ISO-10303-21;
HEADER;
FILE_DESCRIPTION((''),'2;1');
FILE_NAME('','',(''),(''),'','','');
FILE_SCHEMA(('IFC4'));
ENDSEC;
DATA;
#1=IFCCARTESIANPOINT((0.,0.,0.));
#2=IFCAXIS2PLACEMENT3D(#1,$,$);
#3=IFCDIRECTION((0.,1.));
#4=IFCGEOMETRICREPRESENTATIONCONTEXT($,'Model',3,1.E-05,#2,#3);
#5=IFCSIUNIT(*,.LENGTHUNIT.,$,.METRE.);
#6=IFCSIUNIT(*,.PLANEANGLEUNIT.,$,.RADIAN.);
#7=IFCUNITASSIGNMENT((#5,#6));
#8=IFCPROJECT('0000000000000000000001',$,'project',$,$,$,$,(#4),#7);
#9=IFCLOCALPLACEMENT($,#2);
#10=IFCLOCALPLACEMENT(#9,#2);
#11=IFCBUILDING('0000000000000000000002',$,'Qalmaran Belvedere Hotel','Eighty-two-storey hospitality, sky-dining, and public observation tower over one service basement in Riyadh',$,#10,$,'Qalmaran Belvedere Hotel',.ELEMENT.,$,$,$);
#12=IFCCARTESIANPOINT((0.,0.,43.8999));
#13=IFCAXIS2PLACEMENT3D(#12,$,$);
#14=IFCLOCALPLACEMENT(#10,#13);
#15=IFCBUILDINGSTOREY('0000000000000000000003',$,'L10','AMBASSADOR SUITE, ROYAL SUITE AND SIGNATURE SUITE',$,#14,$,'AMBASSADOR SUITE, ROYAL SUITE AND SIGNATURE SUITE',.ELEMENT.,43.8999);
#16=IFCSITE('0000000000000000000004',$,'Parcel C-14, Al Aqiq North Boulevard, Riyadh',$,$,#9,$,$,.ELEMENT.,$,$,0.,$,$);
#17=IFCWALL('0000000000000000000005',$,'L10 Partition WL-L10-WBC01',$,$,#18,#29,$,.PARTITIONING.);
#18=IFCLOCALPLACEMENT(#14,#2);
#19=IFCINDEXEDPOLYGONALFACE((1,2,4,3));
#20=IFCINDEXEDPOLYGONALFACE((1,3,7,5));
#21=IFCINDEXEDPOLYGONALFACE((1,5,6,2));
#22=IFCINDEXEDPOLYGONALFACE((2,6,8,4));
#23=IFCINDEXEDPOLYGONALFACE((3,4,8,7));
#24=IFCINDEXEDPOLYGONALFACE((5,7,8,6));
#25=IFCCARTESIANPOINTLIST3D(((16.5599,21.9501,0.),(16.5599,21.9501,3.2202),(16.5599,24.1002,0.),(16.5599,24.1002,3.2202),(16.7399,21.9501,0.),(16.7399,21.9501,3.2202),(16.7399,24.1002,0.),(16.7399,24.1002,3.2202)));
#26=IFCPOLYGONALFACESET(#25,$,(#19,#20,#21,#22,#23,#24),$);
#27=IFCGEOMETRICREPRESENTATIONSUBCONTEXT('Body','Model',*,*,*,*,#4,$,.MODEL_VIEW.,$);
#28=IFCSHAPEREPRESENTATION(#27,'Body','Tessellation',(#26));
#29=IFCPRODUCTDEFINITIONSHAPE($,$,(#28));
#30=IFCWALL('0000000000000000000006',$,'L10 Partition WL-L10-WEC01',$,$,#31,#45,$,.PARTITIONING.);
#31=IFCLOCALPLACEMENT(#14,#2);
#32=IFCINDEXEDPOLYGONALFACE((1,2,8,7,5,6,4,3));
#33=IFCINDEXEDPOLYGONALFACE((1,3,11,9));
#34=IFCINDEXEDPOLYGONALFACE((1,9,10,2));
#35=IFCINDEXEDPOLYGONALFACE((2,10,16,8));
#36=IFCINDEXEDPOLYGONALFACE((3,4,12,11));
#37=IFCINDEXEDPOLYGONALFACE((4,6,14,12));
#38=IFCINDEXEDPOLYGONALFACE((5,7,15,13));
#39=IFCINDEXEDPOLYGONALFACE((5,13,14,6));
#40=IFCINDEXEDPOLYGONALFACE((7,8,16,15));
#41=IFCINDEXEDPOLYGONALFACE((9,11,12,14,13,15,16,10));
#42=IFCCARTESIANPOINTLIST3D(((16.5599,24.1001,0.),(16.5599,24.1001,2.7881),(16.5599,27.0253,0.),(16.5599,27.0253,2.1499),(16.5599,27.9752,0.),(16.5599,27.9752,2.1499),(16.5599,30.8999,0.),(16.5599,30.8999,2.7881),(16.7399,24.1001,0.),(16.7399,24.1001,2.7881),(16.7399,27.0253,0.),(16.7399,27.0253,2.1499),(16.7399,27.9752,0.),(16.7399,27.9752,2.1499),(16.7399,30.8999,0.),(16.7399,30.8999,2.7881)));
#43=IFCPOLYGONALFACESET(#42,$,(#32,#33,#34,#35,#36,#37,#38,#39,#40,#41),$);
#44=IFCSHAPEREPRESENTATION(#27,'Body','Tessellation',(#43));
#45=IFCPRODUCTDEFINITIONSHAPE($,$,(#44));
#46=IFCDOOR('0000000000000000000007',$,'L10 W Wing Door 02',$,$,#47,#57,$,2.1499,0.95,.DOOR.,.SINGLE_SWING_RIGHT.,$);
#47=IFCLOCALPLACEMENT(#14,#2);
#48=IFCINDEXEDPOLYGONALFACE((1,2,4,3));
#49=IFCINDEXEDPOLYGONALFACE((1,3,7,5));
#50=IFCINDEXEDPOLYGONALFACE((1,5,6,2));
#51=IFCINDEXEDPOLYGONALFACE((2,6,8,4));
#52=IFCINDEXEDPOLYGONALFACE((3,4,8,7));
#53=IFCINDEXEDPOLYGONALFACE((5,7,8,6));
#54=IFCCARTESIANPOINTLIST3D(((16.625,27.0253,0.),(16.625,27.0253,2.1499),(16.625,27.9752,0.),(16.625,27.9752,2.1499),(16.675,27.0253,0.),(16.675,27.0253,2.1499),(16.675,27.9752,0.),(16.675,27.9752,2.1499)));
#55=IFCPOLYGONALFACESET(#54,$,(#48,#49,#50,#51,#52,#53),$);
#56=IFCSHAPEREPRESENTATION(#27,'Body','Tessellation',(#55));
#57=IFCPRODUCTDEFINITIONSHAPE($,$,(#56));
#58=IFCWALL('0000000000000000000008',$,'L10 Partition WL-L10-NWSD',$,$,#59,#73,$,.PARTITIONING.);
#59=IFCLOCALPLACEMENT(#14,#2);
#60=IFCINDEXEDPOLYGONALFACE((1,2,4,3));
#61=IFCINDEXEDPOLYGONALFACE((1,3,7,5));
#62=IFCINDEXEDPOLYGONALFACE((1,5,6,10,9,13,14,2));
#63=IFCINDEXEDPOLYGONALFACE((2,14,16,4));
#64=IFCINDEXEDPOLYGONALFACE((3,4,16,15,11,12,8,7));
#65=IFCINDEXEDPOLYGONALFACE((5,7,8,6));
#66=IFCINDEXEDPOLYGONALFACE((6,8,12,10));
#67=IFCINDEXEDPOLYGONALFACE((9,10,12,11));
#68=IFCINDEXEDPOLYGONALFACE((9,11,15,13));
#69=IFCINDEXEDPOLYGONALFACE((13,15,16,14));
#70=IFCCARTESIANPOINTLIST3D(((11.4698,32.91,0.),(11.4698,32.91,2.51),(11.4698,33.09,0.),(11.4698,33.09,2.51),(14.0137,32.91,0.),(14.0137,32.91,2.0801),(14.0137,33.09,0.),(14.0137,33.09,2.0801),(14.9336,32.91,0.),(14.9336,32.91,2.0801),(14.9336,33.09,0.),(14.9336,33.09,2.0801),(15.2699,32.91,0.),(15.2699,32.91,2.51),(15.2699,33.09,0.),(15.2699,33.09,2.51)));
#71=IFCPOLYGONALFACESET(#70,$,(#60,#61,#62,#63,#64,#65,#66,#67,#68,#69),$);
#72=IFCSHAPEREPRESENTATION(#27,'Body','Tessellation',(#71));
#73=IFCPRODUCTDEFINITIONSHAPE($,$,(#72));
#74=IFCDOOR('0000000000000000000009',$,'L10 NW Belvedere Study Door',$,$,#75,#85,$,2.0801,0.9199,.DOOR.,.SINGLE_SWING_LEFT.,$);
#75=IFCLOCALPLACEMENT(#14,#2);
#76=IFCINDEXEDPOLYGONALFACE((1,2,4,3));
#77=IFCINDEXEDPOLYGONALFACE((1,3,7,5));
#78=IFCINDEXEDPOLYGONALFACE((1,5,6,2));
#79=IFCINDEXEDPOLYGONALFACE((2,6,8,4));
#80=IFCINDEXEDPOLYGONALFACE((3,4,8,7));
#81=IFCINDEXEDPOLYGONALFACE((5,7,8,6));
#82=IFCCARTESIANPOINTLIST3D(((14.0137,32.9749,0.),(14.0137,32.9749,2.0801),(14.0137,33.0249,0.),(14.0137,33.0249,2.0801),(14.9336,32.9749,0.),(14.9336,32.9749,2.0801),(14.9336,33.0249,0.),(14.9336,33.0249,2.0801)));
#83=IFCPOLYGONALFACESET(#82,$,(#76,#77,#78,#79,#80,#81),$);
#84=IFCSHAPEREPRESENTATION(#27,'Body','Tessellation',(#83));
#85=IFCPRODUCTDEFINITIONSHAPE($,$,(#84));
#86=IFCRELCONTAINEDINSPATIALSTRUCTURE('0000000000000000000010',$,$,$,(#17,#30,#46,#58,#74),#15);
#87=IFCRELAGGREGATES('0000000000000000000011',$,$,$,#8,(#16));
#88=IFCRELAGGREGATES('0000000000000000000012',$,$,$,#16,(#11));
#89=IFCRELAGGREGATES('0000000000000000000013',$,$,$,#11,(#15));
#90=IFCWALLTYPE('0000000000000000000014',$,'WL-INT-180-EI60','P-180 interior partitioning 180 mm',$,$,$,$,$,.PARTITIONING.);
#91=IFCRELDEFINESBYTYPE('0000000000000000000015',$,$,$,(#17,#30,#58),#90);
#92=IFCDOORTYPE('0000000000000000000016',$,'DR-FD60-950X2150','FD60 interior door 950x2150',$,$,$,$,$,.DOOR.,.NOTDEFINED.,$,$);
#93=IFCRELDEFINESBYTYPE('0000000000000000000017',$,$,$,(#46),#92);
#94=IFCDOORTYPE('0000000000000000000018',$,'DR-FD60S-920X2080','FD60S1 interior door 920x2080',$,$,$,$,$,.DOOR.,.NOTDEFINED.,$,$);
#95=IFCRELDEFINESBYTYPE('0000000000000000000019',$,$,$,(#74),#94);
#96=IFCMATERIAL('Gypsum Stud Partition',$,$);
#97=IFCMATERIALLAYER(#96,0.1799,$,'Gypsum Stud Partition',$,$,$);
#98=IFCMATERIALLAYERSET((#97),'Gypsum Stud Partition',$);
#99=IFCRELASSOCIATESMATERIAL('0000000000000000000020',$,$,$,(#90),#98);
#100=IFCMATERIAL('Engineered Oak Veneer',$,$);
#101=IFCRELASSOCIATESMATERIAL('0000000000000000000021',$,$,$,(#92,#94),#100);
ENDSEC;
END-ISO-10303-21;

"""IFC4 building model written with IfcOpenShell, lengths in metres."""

from ifc_helpers import new_model, si_unit, direction, frame, frame_2d, origin, place, context, subcontext, project, spatial, rectangle, extrude, material, layer, layer_set, type_object, element, fill, save


model = new_model("IFC4")

# Units and contexts
model_context = context("Model", 3, precision=1e-05, world=origin(), true_north=direction((0.0, 1.0)))
body_context = subcontext(model_context, "Body", "Model", "MODEL_VIEW")
ifc_project = project(units=[si_unit("LENGTHUNIT", "METRE"), si_unit("PLANEANGLEUNIT", "RADIAN")], contexts=[model_context])

# Site, building, storey
site_placement = place(None, origin())
site = spatial("IfcSite", under=ifc_project, at=site_placement, Name="Parcel C-14, Al Aqiq North Boulevard, Riyadh", CompositionType="ELEMENT", RefElevation=0.0)
building_placement = place(site_placement, origin())
building = spatial("IfcBuilding", under=site, at=building_placement, Name="Qalmaran Belvedere Hotel", Description="Eighty-two-storey hospitality, sky-dining, and public observation tower over one service basement in Riyadh", LongName="Qalmaran Belvedere Hotel", CompositionType="ELEMENT")
storey_placement = place(building_placement, frame((0.0, 0.0, 43.8999)))
storey = spatial("IfcBuildingStorey", under=building, at=storey_placement, Name="L10", Description="AMBASSADOR SUITE, ROYAL SUITE AND SIGNATURE SUITE", LongName="AMBASSADOR SUITE, ROYAL SUITE AND SIGNATURE SUITE", CompositionType="ELEMENT", Elevation=43.8999)

# Shared definitions
ifc_material_1 = material(Name="Engineered Oak Veneer")

# Shared definitions
ifc_material_2 = material(Name="Gypsum Stud Partition")

# Wall
ifc_layer_1 = layer(ifc_material_2, 0.1799, Name="Gypsum Stud Partition")
ifc_layer_set_1 = layer_set([ifc_layer_1], Name="Gypsum Stud Partition")
wall_type_1 = type_object("IfcWallType", Name="WL-INT-180-EI60", Description="P-180 interior partitioning 180 mm", PredefinedType="PARTITIONING", material=ifc_layer_set_1)
wall_1_placement = place(storey_placement, frame((16.6499, 21.95, 0.0), z_axis=(0.0, 0.0, 1.0), x_axis=(0.0, 1.0, 0.0)))
element("IfcWall", 1, at=wall_1_placement, inside=storey, type_object=wall_type_1, Name="L10 Partition WL-L10-WBC01", PredefinedType="PARTITIONING", context=body_context, shape_type="SweptSolid", body=[
    extrude(rectangle(XDim=2.1501, YDim=0.1799, at=frame_2d((1.0752, 0.0))), origin(), (0.0, 0.0, 1.0), 3.2202),
])

# Walls, openings, doors
wall_2_placement = place(storey_placement, frame((16.6499, 24.1001, 0.0), z_axis=(0.0, 0.0, 1.0), x_axis=(0.0, 1.0, 0.0)))
wall_2 = element("IfcWall", 2, at=wall_2_placement, inside=storey, type_object=wall_type_1, Name="L10 Partition WL-L10-WEC01", PredefinedType="PARTITIONING", context=body_context, shape_type="SweptSolid", body=[
    extrude(rectangle(XDim=6.7998, YDim=0.1799, at=frame_2d((3.3999, 0.0))), origin(), (0.0, 0.0, 1.0), 2.7881),
])
opening_1_placement = place(wall_2_placement, frame((2.925, 0.0, 0.0)))
opening_1 = element("IfcOpeningElement", 3, at=opening_1_placement, cuts=wall_2, PredefinedType="OPENING", context=body_context, shape_type="SweptSolid", body=[
    extrude(rectangle(XDim=0.95, YDim=2.1499, at=frame_2d((0.4751, 1.075))), frame((0.0, 0.1001, 0.0), z_axis=(0.0, -1.0, 0.0), x_axis=(1.0, 0.0, 0.0)), (0.0, 0.0, 1.0), 0.2),
])
door_type_1 = type_object("IfcDoorType", Name="DR-FD60-950X2150", Description="FD60 interior door 950x2150", OperationType="NOTDEFINED", PredefinedType="DOOR", material=ifc_material_1)
door_1_placement = place(opening_1_placement, origin())
door_1 = element("IfcDoor", 4, at=door_1_placement, inside=storey, type_object=door_type_1, Name="L10 W Wing Door 02", OperationType="SINGLE_SWING_RIGHT", OverallHeight=2.1499, OverallWidth=0.95, PredefinedType="DOOR", context=body_context, shape_type="SweptSolid", body=[
    extrude(rectangle(XDim=0.95, YDim=2.1499, at=frame_2d((0.4751, 1.075))), frame((0.0, 0.0249, 0.0), z_axis=(0.0, -1.0, 0.0), x_axis=(1.0, 0.0, 0.0)), (0.0, 0.0, 1.0), 0.05),
])
fill(opening_1, door_1)
wall_3_placement = place(storey_placement, frame((11.47, 33.0, 0.0), z_axis=(0.0, 0.0, 1.0), x_axis=(1.0, 0.0, 0.0)))
wall_3 = element("IfcWall", 5, at=wall_3_placement, inside=storey, type_object=wall_type_1, Name="L10 Partition WL-L10-NWSD", PredefinedType="PARTITIONING", context=body_context, shape_type="SweptSolid", body=[
    extrude(rectangle(XDim=3.8, YDim=0.1799, at=frame_2d((1.8999, 0.0))), origin(), (0.0, 0.0, 1.0), 2.51),
])
opening_2_placement = place(wall_3_placement, frame((2.5437, 0.0, 0.0)))
opening_2 = element("IfcOpeningElement", 6, at=opening_2_placement, cuts=wall_3, PredefinedType="OPENING", context=body_context, shape_type="SweptSolid", body=[
    extrude(rectangle(XDim=0.9199, YDim=2.0801, at=frame_2d((0.46, 1.04))), frame((0.0, 0.1001, 0.0), z_axis=(0.0, -1.0, 0.0), x_axis=(1.0, 0.0, 0.0)), (0.0, 0.0, 1.0), 0.2),
])
door_type_2 = type_object("IfcDoorType", Name="DR-FD60S-920X2080", Description="FD60S1 interior door 920x2080", OperationType="NOTDEFINED", PredefinedType="DOOR", material=ifc_material_1)
door_2_placement = place(opening_2_placement, origin())
door_2 = element("IfcDoor", 7, at=door_2_placement, inside=storey, type_object=door_type_2, Name="L10 NW Belvedere Study Door", OperationType="SINGLE_SWING_LEFT", OverallHeight=2.0801, OverallWidth=0.9199, PredefinedType="DOOR", context=body_context, shape_type="SweptSolid", body=[
    extrude(rectangle(XDim=0.9199, YDim=2.0801, at=frame_2d((0.46, 1.04))), frame((0.0, 0.0249, 0.0), z_axis=(0.0, -1.0, 0.0), x_axis=(1.0, 0.0, 0.0)), (0.0, 0.0, 1.0), 0.05),
])
fill(opening_2, door_2)

save(model, "model.ifc")
